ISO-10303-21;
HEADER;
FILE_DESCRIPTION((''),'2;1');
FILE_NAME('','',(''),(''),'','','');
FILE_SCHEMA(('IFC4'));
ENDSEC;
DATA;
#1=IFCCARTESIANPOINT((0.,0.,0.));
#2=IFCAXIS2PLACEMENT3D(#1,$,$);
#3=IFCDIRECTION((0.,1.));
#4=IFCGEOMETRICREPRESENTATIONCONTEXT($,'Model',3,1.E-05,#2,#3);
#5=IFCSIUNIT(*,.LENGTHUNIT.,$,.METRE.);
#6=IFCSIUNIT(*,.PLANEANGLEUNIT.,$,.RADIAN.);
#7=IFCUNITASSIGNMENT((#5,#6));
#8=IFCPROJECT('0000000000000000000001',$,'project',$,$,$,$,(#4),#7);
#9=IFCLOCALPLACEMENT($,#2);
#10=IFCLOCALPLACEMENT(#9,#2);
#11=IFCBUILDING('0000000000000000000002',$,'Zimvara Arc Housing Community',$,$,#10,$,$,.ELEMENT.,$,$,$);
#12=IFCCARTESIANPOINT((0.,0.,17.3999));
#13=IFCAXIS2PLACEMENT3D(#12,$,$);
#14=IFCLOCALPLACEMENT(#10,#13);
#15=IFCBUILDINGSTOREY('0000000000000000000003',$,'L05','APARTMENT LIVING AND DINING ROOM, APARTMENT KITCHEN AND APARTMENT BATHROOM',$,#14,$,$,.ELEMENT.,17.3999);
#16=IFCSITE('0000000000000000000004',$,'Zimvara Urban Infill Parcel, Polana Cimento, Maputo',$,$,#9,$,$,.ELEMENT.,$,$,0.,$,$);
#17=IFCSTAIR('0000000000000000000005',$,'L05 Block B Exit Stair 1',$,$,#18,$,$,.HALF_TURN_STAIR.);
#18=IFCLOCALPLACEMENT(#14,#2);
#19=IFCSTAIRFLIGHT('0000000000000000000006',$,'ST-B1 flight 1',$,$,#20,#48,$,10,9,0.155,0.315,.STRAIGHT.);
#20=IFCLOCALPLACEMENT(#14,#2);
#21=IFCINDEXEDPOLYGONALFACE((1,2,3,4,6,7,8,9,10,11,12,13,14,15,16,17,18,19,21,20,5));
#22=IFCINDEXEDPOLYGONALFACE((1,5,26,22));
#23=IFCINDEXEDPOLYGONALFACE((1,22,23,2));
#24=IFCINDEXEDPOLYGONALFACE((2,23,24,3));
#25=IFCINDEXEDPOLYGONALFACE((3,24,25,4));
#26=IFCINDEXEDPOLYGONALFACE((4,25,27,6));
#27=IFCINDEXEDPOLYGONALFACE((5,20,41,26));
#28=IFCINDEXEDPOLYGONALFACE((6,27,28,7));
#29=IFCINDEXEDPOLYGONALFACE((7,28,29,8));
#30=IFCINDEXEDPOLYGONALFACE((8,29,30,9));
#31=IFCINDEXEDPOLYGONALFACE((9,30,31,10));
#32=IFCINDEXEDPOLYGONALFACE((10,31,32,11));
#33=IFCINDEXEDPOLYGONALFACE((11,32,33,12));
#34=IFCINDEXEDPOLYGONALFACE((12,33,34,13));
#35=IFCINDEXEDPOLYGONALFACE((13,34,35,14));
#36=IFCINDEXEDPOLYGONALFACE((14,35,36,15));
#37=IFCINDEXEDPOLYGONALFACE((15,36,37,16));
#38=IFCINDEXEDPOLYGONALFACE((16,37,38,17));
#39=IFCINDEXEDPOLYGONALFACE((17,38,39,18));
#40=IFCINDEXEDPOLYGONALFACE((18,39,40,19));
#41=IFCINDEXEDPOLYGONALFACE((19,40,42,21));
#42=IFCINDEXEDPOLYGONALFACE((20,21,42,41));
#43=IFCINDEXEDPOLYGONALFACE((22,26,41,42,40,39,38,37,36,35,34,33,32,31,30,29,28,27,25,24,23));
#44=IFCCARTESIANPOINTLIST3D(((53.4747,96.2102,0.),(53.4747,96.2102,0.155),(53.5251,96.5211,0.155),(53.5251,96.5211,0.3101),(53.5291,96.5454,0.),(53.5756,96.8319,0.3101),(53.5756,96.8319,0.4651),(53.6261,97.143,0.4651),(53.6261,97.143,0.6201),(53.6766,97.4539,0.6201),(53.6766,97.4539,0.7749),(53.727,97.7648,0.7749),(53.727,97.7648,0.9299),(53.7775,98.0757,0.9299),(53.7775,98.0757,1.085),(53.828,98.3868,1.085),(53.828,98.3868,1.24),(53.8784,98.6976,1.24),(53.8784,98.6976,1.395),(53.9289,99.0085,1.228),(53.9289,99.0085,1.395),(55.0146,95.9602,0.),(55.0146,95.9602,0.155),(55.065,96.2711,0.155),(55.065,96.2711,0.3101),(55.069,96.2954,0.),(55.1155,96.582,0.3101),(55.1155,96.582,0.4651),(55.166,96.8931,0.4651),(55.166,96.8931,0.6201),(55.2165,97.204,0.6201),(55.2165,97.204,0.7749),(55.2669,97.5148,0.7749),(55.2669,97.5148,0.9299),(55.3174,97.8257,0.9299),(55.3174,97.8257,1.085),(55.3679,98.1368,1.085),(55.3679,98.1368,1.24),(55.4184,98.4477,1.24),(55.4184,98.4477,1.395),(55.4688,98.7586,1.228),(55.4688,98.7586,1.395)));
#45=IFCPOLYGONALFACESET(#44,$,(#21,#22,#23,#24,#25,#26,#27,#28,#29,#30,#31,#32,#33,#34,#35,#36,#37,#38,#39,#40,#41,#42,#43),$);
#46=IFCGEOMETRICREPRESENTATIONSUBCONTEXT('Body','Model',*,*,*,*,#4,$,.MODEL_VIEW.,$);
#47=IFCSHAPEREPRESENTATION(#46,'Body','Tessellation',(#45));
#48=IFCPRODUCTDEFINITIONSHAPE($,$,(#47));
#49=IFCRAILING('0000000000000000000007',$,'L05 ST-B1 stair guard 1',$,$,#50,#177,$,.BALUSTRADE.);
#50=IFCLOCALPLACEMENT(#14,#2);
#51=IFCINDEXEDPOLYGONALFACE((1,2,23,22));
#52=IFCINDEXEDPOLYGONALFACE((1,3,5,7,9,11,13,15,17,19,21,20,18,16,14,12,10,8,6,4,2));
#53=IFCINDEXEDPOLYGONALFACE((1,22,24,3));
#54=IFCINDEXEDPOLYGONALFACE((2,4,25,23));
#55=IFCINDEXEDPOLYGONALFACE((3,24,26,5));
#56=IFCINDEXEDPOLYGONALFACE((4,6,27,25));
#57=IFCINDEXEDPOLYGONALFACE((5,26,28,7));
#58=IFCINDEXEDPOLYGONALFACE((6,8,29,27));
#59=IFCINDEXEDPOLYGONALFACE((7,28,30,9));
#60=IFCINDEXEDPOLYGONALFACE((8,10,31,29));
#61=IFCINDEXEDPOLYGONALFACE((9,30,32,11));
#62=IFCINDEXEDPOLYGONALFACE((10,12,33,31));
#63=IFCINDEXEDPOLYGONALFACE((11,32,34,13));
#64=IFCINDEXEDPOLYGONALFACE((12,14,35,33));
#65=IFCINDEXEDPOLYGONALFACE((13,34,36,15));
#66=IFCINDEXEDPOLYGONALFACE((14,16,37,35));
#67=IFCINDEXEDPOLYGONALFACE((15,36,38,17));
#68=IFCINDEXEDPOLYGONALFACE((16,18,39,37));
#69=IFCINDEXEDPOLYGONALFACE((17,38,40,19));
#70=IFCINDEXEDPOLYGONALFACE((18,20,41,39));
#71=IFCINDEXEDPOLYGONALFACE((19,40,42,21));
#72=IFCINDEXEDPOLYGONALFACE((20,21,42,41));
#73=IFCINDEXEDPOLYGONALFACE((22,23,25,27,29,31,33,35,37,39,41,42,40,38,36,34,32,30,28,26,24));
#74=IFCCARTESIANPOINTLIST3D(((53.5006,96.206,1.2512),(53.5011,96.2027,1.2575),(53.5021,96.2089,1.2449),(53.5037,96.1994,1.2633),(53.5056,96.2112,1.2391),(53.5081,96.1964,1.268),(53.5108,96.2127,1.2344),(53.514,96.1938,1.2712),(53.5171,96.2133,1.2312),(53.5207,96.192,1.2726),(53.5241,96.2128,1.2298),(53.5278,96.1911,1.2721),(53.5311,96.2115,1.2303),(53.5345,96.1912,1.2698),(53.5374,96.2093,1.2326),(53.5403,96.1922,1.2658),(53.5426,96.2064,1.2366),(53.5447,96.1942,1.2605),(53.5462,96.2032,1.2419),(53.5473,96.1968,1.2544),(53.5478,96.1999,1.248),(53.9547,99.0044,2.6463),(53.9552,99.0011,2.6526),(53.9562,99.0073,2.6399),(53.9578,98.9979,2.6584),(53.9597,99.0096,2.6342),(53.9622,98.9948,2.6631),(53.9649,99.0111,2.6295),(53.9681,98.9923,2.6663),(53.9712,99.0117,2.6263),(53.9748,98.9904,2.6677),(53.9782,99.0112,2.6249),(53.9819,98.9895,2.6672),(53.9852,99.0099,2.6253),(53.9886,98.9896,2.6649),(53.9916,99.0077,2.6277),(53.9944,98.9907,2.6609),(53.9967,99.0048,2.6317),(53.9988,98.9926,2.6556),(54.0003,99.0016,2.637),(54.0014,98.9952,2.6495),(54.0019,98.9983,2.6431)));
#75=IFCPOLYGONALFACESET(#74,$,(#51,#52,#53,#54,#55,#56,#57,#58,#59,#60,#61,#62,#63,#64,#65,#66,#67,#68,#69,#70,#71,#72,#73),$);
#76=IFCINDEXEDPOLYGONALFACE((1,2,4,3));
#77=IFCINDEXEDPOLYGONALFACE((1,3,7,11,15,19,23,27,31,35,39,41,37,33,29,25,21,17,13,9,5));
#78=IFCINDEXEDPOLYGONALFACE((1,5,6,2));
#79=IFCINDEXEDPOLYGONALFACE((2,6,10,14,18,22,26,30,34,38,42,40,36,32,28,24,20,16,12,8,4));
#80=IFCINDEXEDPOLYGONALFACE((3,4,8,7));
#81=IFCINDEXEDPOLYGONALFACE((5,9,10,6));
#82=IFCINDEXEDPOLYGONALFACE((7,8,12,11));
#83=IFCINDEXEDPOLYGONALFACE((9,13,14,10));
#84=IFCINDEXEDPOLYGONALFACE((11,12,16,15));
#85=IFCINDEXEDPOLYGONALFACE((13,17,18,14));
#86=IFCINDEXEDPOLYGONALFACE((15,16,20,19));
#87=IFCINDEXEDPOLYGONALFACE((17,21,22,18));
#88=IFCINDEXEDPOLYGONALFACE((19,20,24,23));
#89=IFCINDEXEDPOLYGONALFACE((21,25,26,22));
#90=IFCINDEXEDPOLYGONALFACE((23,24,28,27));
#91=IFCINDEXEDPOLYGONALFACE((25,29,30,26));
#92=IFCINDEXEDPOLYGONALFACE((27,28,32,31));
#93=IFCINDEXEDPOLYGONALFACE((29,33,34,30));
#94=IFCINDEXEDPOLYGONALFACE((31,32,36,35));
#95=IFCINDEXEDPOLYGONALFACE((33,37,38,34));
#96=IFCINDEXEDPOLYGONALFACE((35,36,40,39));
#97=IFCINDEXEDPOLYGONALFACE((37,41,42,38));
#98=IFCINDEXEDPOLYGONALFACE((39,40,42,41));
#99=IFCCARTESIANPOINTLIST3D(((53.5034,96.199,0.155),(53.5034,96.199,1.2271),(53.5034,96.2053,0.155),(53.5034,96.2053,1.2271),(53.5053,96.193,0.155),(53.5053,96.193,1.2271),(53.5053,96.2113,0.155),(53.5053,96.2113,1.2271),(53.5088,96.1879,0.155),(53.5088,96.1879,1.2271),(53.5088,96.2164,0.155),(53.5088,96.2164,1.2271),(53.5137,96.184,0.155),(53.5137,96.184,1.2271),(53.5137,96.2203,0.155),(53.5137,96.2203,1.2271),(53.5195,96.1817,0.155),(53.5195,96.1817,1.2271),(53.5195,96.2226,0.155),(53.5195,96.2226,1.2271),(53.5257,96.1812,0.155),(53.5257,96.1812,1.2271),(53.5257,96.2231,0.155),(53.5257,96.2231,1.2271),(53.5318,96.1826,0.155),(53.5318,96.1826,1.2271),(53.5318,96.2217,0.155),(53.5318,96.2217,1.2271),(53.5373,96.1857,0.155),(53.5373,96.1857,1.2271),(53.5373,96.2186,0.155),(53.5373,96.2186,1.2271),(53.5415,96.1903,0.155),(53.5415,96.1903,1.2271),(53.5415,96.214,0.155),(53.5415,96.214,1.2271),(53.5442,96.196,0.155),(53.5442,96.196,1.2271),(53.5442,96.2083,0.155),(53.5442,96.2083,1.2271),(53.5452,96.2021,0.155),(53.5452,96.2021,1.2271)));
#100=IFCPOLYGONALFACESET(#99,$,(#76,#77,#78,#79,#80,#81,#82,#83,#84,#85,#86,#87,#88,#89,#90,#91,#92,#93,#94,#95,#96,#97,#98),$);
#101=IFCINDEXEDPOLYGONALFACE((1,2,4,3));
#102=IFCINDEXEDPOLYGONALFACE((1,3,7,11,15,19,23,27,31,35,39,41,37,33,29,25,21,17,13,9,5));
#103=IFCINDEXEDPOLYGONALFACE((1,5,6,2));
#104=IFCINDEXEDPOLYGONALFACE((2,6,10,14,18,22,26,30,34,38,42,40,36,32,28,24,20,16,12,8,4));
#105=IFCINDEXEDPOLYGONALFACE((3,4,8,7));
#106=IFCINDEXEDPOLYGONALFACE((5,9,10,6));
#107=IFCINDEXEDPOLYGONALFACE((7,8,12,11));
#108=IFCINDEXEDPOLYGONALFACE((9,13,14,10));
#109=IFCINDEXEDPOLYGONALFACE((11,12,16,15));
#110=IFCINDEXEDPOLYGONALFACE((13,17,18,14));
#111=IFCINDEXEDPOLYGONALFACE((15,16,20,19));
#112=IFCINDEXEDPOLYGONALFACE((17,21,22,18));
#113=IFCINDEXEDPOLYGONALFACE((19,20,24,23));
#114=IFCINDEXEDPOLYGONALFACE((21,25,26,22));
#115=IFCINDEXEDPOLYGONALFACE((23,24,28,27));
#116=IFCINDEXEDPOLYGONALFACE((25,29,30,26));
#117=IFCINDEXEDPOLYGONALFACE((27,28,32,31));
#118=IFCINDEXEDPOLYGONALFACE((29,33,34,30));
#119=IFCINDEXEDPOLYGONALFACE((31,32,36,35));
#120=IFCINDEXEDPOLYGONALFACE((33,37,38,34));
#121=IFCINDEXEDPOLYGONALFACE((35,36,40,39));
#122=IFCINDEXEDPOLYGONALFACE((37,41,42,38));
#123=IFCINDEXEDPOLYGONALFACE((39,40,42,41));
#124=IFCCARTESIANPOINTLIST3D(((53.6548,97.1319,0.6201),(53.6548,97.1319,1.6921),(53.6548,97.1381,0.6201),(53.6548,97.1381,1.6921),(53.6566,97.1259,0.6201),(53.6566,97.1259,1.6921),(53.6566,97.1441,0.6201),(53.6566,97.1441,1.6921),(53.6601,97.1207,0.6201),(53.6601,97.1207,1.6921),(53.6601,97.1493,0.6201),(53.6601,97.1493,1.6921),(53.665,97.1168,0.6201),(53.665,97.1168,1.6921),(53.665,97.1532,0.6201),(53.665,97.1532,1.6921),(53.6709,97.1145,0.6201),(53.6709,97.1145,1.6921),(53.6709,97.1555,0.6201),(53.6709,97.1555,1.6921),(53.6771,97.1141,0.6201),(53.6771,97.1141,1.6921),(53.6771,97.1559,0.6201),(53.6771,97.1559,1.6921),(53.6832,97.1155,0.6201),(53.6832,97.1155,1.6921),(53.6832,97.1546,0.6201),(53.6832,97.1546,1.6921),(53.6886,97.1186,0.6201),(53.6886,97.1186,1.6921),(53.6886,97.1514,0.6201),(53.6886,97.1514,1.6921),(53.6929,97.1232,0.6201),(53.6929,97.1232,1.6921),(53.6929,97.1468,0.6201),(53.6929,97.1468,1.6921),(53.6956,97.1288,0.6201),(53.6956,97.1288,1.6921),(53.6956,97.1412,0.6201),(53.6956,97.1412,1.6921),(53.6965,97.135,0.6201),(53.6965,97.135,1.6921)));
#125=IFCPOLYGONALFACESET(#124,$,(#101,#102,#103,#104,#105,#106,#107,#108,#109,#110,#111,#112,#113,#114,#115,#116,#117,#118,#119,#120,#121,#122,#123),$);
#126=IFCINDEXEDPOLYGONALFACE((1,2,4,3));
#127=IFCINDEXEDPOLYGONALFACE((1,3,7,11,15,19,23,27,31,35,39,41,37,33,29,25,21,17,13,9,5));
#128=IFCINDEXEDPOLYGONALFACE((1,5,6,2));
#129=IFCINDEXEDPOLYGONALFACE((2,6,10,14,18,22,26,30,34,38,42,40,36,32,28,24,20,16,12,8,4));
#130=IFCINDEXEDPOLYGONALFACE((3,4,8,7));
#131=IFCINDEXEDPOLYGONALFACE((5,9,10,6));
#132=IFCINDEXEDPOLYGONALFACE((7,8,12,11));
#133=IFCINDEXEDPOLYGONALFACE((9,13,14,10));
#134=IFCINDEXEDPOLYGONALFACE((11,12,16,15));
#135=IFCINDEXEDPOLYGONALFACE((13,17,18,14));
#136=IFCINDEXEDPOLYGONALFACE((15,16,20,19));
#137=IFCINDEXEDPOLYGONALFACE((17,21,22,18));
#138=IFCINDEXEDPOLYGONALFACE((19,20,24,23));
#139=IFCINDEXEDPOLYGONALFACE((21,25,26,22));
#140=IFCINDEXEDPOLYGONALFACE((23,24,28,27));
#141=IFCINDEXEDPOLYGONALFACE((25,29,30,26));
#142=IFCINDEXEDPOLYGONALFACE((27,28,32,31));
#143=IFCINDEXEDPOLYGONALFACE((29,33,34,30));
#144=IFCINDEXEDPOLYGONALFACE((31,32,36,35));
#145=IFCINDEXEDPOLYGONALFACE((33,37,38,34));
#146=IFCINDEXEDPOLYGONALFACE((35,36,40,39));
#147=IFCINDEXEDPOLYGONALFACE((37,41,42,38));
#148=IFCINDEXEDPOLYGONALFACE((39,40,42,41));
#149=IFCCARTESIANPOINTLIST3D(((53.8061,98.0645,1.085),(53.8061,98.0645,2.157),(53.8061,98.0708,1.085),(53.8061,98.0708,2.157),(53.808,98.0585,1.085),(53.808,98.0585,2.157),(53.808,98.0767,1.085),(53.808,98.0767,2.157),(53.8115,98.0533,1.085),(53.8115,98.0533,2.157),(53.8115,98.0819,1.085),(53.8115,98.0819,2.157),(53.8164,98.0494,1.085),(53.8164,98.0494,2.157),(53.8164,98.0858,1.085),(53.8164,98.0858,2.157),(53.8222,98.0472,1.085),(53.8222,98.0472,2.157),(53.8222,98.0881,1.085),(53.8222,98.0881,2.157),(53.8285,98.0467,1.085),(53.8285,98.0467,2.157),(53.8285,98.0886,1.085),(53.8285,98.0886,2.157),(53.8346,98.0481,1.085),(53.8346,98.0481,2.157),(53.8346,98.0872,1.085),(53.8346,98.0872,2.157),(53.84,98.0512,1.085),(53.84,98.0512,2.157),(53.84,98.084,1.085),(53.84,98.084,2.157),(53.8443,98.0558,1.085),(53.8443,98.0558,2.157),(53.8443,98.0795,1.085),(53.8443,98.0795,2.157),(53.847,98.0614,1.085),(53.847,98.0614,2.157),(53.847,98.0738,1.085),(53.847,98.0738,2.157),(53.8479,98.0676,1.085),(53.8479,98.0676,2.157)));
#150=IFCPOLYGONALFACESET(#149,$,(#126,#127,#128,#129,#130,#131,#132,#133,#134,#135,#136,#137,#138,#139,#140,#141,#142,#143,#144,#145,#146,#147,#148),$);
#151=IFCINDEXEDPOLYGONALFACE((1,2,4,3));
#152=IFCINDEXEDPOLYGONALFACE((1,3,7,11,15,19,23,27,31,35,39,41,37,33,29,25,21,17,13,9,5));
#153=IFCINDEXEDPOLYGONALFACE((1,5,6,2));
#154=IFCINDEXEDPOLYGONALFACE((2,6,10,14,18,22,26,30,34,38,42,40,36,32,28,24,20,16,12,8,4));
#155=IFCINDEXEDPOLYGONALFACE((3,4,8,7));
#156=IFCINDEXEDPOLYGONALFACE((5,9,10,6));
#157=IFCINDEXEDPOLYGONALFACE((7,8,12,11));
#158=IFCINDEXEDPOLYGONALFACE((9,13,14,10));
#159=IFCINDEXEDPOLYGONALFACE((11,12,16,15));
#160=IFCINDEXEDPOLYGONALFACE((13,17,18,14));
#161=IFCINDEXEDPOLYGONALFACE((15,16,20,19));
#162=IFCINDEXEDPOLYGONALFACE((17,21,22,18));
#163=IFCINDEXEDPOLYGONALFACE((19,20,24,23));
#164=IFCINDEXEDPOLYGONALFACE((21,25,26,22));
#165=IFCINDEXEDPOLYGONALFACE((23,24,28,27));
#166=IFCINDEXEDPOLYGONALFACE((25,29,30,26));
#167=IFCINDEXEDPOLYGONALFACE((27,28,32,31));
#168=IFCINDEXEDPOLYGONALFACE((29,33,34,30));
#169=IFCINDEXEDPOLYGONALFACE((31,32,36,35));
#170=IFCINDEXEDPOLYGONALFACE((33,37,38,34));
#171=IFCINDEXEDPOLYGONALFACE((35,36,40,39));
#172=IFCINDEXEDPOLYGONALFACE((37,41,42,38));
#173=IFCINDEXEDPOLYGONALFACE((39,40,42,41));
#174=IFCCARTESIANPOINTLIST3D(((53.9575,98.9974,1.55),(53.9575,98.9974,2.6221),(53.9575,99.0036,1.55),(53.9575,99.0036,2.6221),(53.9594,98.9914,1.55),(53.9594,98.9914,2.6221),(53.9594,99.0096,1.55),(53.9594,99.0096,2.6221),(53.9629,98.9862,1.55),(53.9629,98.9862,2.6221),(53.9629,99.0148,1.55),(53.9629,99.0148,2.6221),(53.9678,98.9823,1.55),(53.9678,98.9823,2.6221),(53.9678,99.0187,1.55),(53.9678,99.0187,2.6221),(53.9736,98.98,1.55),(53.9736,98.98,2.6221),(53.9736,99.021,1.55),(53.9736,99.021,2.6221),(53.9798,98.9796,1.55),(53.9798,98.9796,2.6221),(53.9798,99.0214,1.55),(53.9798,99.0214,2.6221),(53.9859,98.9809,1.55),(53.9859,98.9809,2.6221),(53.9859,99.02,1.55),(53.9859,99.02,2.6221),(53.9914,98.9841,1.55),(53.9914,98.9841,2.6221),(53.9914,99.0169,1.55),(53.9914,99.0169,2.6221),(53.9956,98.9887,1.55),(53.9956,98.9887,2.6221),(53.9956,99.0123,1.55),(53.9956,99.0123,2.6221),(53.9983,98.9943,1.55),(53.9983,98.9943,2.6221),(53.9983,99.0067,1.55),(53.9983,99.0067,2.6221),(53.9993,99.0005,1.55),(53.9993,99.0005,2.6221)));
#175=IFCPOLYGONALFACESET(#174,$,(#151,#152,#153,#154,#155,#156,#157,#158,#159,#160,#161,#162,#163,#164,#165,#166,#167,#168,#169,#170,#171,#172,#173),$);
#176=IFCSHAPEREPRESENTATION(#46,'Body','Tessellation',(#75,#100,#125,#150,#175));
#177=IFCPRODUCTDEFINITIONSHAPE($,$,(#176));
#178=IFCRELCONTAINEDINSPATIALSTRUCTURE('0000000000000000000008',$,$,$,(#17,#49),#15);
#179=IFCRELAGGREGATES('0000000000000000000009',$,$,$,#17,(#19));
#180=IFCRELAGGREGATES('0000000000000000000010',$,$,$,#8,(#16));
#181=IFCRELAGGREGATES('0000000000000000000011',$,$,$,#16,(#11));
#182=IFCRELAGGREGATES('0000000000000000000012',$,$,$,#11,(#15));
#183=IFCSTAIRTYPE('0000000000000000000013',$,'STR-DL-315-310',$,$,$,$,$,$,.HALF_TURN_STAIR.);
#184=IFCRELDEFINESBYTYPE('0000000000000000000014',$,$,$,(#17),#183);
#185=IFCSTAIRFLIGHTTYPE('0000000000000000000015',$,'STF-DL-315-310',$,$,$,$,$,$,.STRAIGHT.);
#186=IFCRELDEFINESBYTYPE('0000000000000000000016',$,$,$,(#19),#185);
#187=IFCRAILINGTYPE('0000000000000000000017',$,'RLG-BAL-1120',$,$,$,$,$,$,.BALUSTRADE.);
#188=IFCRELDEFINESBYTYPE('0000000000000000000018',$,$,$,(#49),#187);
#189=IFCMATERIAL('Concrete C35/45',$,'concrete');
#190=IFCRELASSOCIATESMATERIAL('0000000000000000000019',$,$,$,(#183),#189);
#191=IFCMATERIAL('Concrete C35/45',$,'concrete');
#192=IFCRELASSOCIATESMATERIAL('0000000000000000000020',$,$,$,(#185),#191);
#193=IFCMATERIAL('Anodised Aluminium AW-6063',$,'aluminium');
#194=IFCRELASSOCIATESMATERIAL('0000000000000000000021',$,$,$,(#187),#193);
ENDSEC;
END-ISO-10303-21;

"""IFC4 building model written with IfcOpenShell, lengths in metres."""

from ifc_helpers import new_model, si_unit, direction, frame, origin, origin_2d, place, context, subcontext, project, spatial, polyline, circle, outline, extrude, material, type_object, element, aggregate, save


model = new_model("IFC4")

# Units and contexts
model_context = context("Model", 3, precision=1e-05, world=origin(), true_north=direction((0.0, 1.0)))
body_context = subcontext(model_context, "Body", "Model", "MODEL_VIEW")
ifc_project = project(units=[si_unit("LENGTHUNIT", "METRE"), si_unit("PLANEANGLEUNIT", "RADIAN")], contexts=[model_context])

# Site, building, storey
site_placement = place(None, origin())
site = spatial("IfcSite", under=ifc_project, at=site_placement, Name="Zimvara Urban Infill Parcel, Polana Cimento, Maputo", CompositionType="ELEMENT", RefElevation=0.0)
building_placement = place(site_placement, origin())
building = spatial("IfcBuilding", under=site, at=building_placement, Name="Zimvara Arc Housing Community", CompositionType="ELEMENT")
storey_placement = place(building_placement, frame((0.0, 0.0, 17.3999)))
storey = spatial("IfcBuildingStorey", under=building, at=storey_placement, Name="L05", Description="APARTMENT LIVING AND DINING ROOM, APARTMENT KITCHEN AND APARTMENT BATHROOM", CompositionType="ELEMENT", Elevation=17.3999)

# Stair, stair flight
ifc_material_1 = material(Name="Concrete C35/45", Category="concrete")
stair_type = type_object("IfcStairType", Name="STR-DL-315-310", PredefinedType="HALF_TURN_STAIR", material=ifc_material_1)
stair_placement = place(storey_placement, origin())
stair = element("IfcStair", 1, at=stair_placement, inside=storey, type_object=stair_type, Name="L05 Block B Exit Stair 1", PredefinedType="HALF_TURN_STAIR")
ifc_material_2 = material(Name="Concrete C35/45", Category="concrete")
stair_flight_type = type_object("IfcStairFlightType", Name="STF-DL-315-310", PredefinedType="STRAIGHT", material=ifc_material_2)
stair_flight_placement = place(storey_placement, frame((54.2446, 96.0852, 0.0), z_axis=(0.0, 0.0, 1.0), x_axis=(0.160226, 0.98708, 0.0)))
stair_flight = element("IfcStairFlight", 2, at=stair_flight_placement, type_object=stair_flight_type, Name="ST-B1 flight 1", NumberOfRisers=10, NumberOfTreads=9, PredefinedType="STRAIGHT", RiserHeight=0.155, TreadLength=0.315, context=body_context, shape_type="SweptSolid", body=[
    extrude(outline(polyline([(0.0, 0.0), (0.0, 0.155), (0.3149, 0.155), (0.3149, 0.3101), (0.6299, 0.3101), (0.6299, 0.4651), (0.9451, 0.4651), (0.9451, 0.6201), (1.26, 0.6201), (1.26, 0.7749), (1.575, 0.7749), (1.575, 0.9299), (1.8899, 0.9299), (1.8899, 1.085), (2.2051, 1.085), (2.2051, 1.24), (2.52, 1.24), (2.52, 1.395), (2.835, 1.395), (2.835, 1.55), (2.835, 1.228), (0.3396, 0.0), (0.0, 0.0)])), frame((0.0, 0.78, 0.0), z_axis=(0.0, -1.0, 0.0), x_axis=(1.0, 0.0, 0.0)), (0.0, 0.0, 1.0), 1.5601),
])
aggregate(stair, [stair_flight])

# Railing
ifc_material_3 = material(Name="Anodised Aluminium AW-6063", Category="aluminium")
railing_type_1 = type_object("IfcRailingType", Name="RLG-BAL-1120", PredefinedType="BALUSTRADE", material=ifc_material_3)
railing_1_placement = place(storey_placement, frame((53.5242, 96.2021, 0.155)))
element("IfcRailing", 3, at=railing_1_placement, inside=storey, type_object=railing_type_1, Name="L05 ST-B1 stair guard 1", PredefinedType="BALUSTRADE", context=body_context, shape_type="SweptSolid", body=[
    extrude(circle(Radius=0.0239, at=origin_2d()), frame((0.0, 0.0, 1.0962), z_axis=(0.143722, 0.885666, 0.44152), x_axis=(-0.987088, 0.16018, 0.0)), (0.0, 0.0, 1.0), 3.1597),
    extrude(circle(Radius=0.021, at=origin_2d()), origin(), (0.0, 0.0, 1.0), 1.072),
    extrude(circle(Radius=0.021, at=origin_2d()), frame((0.1514, 0.9329, 0.4651)), (0.0, 0.0, 1.0), 1.072),
    extrude(circle(Radius=0.021, at=origin_2d()), frame((0.3027, 1.8655, 0.9299)), (0.0, 0.0, 1.0), 1.072),
    extrude(circle(Radius=0.021, at=origin_2d()), frame((0.4541, 2.7983, 1.395)), (0.0, 0.0, 1.0), 1.072),
])

save(model, "model.ifc")
